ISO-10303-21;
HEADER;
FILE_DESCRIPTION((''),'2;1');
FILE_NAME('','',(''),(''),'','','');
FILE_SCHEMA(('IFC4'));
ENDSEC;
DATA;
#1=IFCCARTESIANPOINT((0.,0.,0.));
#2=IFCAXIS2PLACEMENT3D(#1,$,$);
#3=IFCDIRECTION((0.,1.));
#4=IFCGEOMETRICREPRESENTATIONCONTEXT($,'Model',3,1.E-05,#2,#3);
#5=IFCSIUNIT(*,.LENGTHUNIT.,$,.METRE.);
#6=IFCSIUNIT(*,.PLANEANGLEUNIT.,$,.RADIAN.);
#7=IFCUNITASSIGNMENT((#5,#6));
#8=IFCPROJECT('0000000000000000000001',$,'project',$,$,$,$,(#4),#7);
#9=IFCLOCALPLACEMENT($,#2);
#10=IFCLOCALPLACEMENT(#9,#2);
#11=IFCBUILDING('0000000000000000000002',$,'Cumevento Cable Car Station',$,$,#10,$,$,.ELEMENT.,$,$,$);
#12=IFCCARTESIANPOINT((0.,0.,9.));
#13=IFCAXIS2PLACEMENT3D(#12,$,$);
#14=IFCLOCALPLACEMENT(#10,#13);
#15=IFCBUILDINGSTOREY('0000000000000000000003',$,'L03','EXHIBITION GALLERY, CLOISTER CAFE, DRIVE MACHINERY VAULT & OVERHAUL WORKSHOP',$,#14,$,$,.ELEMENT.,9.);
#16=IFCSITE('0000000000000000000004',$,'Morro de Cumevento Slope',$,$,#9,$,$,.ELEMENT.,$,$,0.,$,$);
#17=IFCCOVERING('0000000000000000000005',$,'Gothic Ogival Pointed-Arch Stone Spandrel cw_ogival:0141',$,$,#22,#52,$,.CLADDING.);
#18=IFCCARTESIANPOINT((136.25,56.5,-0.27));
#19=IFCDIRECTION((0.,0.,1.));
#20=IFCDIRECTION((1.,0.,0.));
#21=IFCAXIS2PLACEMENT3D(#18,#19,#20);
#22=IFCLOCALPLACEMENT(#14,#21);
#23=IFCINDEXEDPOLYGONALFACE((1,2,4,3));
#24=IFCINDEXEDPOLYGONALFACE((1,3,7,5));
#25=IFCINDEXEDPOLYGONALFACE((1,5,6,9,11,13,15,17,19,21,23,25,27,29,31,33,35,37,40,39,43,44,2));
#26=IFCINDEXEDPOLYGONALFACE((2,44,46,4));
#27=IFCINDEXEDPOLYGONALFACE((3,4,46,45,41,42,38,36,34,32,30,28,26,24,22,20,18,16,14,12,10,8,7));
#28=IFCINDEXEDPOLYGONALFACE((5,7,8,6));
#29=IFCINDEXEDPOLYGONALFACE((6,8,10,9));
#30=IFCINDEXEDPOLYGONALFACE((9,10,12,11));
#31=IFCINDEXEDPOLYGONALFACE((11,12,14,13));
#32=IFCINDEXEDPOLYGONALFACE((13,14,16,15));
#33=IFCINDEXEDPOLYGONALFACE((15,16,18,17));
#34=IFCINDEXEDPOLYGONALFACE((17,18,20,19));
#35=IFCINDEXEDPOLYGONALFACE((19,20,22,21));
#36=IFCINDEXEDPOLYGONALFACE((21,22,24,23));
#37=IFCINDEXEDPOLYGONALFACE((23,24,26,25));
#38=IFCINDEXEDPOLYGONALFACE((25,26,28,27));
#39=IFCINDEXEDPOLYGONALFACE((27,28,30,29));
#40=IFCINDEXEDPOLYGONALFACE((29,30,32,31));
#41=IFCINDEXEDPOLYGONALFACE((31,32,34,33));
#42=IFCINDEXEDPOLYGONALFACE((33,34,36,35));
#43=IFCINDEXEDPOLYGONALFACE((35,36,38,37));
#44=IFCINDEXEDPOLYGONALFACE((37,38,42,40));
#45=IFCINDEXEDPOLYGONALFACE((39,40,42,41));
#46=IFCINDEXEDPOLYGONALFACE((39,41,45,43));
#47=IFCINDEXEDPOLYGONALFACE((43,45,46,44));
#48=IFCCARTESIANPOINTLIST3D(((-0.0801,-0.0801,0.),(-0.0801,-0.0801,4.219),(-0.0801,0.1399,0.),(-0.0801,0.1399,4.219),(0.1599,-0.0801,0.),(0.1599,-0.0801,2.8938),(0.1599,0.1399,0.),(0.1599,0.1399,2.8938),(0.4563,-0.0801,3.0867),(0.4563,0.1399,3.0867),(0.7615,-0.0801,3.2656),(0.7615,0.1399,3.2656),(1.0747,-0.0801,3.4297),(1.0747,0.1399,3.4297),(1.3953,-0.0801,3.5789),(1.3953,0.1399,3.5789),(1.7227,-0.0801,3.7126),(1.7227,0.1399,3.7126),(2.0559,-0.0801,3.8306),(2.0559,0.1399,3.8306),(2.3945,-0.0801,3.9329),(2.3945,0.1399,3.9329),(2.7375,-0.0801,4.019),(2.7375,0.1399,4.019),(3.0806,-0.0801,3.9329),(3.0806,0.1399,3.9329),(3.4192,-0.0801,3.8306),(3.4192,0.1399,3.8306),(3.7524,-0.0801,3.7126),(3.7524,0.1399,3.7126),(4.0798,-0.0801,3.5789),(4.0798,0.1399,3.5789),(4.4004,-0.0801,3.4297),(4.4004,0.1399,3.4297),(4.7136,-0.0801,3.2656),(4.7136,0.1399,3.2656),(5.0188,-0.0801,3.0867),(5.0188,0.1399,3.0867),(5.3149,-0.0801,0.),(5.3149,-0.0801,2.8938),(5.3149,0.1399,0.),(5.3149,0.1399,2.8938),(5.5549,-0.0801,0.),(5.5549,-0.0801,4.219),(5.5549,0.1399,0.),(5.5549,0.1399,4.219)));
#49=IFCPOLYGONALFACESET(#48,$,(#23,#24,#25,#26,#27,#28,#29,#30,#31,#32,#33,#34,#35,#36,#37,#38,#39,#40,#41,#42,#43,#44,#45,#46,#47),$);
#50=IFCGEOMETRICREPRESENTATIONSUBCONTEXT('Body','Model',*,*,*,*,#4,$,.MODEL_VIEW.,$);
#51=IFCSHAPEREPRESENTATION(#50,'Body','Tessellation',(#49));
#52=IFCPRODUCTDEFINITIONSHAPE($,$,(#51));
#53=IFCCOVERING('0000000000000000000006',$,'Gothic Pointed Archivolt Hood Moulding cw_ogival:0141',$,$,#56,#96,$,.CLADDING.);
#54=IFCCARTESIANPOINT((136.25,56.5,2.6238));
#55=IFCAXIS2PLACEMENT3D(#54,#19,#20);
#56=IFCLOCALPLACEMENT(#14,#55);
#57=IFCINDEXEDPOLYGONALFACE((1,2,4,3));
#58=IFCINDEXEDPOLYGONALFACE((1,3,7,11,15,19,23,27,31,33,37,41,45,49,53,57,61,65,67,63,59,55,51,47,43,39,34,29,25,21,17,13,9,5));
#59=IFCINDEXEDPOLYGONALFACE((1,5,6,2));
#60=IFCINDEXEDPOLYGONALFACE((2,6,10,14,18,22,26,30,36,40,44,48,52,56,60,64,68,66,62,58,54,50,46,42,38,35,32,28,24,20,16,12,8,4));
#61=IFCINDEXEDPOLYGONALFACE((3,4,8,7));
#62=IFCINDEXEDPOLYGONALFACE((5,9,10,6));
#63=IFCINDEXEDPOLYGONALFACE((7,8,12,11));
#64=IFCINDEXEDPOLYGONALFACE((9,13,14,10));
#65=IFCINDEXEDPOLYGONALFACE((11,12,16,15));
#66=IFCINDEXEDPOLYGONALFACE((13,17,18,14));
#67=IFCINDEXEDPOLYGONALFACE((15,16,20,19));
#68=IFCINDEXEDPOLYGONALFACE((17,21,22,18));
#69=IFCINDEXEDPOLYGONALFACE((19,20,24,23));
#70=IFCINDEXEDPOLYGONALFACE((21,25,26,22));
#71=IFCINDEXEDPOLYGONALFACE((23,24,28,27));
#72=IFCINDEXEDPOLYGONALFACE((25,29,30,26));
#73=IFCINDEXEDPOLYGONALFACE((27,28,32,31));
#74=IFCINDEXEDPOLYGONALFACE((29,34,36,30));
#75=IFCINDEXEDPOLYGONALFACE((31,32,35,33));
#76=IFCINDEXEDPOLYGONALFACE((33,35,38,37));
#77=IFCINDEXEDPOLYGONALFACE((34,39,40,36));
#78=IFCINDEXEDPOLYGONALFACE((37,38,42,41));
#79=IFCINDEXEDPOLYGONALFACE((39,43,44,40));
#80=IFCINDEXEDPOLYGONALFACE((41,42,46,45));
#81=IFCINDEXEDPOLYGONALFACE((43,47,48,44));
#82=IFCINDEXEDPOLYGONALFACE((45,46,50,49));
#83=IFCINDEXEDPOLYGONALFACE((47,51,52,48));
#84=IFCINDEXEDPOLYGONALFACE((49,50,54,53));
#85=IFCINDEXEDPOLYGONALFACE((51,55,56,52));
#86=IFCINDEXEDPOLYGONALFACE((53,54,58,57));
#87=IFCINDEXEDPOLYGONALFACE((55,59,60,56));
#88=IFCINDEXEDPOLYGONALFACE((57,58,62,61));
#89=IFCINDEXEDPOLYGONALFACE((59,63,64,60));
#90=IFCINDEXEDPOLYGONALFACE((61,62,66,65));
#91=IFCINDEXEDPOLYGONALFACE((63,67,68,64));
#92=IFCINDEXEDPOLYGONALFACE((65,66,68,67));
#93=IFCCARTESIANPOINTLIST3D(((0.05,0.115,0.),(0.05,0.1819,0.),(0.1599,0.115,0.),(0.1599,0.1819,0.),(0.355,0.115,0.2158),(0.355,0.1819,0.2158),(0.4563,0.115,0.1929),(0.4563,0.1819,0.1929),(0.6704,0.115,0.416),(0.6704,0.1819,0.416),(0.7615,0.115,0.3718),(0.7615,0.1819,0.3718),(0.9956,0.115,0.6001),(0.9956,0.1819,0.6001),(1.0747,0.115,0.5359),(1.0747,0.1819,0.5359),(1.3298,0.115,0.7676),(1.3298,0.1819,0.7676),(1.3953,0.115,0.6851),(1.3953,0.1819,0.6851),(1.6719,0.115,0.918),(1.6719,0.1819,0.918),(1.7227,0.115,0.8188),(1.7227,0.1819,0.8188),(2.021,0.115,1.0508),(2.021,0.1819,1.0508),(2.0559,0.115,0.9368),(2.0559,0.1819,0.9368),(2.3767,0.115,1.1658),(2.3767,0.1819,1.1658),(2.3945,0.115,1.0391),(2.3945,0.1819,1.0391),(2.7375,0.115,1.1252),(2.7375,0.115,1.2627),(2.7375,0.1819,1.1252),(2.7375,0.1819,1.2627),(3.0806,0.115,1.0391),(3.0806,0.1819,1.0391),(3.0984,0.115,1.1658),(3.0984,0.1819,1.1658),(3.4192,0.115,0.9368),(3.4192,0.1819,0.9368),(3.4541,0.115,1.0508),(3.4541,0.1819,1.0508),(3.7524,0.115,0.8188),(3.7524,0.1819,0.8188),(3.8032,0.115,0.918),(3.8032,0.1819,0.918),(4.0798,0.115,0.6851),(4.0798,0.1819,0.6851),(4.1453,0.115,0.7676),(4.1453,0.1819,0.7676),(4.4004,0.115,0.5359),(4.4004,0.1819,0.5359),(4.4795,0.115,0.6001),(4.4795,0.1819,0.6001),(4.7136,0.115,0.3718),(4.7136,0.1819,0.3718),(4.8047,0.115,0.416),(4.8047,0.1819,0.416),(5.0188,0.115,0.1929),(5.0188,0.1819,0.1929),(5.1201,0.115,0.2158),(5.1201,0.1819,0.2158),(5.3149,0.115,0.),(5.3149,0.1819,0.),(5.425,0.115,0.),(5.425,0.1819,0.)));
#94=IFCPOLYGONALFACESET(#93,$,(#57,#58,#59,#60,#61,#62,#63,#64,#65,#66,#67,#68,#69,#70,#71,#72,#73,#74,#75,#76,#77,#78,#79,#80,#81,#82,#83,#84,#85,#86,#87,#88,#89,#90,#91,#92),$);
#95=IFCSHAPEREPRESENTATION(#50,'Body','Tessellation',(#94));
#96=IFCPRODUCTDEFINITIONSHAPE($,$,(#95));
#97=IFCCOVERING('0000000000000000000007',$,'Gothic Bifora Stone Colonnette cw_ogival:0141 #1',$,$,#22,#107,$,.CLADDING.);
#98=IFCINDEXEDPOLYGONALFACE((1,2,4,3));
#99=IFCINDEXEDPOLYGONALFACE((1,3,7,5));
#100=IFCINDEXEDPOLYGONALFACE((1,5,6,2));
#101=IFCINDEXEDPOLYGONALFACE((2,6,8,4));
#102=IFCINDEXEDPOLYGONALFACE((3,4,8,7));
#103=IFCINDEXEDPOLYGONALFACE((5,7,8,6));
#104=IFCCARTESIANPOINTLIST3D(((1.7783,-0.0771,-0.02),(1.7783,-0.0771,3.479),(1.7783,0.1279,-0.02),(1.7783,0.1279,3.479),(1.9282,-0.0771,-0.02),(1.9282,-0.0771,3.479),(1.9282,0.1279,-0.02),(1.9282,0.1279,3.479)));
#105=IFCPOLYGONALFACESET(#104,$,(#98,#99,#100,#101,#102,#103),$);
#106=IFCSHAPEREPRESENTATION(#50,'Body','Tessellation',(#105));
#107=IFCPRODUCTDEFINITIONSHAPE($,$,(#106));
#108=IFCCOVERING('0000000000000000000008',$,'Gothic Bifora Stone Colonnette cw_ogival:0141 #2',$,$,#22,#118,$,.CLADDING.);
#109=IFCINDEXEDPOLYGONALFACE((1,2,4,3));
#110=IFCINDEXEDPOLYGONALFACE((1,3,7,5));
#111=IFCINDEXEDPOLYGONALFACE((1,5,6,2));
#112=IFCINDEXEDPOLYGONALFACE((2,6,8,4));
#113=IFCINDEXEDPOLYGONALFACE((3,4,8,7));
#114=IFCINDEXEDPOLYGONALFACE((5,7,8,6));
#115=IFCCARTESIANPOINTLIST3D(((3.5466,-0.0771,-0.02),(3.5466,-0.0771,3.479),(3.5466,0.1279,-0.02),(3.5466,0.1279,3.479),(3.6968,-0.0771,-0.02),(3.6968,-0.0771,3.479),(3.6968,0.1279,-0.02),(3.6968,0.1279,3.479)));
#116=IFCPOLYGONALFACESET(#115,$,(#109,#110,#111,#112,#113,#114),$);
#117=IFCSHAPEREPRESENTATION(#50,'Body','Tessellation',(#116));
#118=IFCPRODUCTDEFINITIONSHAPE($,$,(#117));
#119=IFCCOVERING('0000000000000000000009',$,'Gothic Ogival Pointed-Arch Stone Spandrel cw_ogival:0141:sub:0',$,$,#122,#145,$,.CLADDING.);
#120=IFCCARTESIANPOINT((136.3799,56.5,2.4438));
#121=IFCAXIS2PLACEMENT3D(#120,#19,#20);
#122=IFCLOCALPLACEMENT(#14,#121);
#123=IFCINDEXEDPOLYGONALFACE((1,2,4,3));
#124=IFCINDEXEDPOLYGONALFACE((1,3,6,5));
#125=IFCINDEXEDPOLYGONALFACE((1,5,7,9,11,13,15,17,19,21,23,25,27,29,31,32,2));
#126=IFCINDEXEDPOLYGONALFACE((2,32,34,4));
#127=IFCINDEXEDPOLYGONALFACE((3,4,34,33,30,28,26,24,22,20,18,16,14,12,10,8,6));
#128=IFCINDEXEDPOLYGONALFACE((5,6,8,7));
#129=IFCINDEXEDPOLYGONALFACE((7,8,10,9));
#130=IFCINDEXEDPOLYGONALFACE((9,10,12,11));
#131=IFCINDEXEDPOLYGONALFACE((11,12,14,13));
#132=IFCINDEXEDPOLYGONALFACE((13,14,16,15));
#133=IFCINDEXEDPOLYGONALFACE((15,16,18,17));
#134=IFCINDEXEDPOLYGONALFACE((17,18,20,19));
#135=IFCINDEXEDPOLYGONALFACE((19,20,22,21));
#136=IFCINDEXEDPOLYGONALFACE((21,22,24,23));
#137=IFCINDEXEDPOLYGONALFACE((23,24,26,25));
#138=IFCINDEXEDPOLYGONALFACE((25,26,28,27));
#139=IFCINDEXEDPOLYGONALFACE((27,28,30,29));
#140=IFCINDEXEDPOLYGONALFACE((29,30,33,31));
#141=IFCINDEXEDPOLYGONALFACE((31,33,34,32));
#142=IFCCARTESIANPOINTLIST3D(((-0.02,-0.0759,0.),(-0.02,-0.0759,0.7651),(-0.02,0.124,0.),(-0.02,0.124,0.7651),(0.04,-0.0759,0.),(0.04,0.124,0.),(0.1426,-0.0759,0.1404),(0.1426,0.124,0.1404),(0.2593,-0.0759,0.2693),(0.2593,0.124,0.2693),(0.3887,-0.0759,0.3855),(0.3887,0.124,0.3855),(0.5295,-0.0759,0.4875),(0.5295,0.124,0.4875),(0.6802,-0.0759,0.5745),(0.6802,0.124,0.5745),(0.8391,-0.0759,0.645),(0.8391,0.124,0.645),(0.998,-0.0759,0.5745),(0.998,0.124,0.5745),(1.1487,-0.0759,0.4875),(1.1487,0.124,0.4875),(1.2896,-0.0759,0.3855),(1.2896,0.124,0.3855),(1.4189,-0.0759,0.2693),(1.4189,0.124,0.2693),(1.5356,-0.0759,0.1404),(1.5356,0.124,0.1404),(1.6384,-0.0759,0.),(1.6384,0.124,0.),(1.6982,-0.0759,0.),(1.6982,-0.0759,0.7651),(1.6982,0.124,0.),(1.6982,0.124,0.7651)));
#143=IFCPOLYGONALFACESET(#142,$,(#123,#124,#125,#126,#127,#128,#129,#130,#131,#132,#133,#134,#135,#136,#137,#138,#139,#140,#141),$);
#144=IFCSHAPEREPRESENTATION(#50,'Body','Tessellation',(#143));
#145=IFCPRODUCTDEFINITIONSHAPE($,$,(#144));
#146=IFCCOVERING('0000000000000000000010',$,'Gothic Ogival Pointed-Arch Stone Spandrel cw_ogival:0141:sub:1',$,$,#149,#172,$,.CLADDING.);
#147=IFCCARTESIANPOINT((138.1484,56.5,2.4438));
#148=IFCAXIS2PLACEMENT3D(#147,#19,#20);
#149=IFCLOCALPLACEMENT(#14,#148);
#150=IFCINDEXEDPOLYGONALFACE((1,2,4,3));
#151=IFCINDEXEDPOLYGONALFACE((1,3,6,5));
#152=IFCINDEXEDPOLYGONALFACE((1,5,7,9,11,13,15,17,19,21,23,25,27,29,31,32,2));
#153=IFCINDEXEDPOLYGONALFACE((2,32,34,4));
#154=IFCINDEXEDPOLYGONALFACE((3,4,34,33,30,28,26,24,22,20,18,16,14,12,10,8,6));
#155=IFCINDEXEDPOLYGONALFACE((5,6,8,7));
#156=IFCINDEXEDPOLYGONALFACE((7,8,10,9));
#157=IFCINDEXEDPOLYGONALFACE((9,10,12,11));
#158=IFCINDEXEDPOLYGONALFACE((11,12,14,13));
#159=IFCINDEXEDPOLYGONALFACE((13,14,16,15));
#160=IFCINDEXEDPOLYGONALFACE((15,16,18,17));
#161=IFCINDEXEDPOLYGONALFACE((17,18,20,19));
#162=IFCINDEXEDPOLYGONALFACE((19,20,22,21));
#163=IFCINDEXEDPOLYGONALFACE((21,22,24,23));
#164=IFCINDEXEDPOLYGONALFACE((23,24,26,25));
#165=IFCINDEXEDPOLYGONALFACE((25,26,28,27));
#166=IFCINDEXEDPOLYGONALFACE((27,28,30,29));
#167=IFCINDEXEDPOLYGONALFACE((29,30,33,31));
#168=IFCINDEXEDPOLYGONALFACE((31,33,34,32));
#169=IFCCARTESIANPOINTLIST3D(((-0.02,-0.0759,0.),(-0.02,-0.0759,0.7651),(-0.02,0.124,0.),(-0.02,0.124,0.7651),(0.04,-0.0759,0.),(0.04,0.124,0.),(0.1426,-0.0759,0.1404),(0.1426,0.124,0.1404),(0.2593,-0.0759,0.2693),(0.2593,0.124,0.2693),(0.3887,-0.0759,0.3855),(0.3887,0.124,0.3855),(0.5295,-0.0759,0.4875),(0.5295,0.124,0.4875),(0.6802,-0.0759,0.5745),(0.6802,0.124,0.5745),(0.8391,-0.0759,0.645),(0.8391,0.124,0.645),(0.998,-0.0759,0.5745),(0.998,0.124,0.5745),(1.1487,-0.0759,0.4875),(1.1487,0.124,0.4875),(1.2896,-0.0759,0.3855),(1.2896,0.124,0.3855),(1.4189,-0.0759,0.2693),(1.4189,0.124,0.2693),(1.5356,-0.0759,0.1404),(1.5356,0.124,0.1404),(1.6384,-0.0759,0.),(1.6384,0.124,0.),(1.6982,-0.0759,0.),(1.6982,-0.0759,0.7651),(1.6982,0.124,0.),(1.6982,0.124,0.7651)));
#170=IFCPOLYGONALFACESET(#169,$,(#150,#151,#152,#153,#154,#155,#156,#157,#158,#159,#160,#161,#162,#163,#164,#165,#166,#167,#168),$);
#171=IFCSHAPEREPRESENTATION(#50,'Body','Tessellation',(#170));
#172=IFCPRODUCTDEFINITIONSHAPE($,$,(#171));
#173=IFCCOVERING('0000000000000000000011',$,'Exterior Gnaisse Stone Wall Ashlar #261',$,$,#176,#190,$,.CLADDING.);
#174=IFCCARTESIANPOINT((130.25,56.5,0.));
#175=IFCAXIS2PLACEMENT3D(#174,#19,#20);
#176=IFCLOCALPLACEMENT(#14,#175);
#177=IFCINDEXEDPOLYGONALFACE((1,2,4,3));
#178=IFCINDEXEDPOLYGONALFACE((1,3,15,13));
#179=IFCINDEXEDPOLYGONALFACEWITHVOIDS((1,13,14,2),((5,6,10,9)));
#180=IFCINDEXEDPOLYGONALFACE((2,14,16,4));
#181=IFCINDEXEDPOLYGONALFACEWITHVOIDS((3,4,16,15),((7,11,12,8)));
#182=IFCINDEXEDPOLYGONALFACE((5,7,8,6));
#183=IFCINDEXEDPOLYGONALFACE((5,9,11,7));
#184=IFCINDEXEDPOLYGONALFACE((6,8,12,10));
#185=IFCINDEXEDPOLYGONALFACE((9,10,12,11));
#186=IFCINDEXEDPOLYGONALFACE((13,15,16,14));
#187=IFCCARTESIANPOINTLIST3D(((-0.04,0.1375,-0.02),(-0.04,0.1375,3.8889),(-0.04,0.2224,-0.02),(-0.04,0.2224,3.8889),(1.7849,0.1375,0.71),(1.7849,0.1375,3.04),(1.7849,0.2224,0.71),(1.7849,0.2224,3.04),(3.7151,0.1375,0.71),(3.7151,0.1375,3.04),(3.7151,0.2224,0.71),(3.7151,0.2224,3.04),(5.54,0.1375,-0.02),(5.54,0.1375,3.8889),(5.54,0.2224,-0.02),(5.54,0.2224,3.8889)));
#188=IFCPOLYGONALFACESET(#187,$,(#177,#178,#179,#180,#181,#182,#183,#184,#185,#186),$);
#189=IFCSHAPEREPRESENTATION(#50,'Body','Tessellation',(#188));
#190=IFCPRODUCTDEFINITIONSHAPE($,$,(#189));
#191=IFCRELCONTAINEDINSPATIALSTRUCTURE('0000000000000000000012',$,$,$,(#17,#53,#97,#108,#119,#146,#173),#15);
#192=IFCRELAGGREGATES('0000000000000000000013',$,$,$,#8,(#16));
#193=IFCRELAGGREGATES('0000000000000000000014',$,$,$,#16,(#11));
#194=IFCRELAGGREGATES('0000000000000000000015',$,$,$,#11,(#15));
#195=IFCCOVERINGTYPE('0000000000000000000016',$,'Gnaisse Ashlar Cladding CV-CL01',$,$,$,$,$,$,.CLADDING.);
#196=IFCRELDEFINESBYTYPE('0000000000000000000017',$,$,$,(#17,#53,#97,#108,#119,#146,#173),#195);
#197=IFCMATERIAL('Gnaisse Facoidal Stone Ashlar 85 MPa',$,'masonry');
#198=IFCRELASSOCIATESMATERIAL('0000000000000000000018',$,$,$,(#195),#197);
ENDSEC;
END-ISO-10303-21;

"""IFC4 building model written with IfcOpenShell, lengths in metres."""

from ifc_helpers import new_model, si_unit, direction, frame, origin, place, context, subcontext, project, spatial, polyline, outline, extrude, material, type_object, element, save


model = new_model("IFC4")

# Units and contexts
model_context = context("Model", 3, precision=1e-05, world=origin(), true_north=direction((0.0, 1.0)))
body_context = subcontext(model_context, "Body", "Model", "MODEL_VIEW")
ifc_project = project(units=[si_unit("LENGTHUNIT", "METRE"), si_unit("PLANEANGLEUNIT", "RADIAN")], contexts=[model_context])

# Site, building, storey
site_placement = place(None, origin())
site = spatial("IfcSite", under=ifc_project, at=site_placement, Name="Morro de Cumevento Slope", CompositionType="ELEMENT", RefElevation=0.0)
building_placement = place(site_placement, origin())
building = spatial("IfcBuilding", under=site, at=building_placement, Name="Cumevento Cable Car Station", CompositionType="ELEMENT")
storey_placement = place(building_placement, frame((0.0, 0.0, 9.0)))
storey = spatial("IfcBuildingStorey", under=building, at=storey_placement, Name="L03", Description="EXHIBITION GALLERY, CLOISTER CAFE, DRIVE MACHINERY VAULT & OVERHAUL WORKSHOP", CompositionType="ELEMENT", Elevation=9.0)

# Coverings
ifc_material_1 = material(Name="Gnaisse Facoidal Stone Ashlar 85 MPa", Category="masonry")
covering_type = type_object("IfcCoveringType", Name="Gnaisse Ashlar Cladding CV-CL01", PredefinedType="CLADDING", material=ifc_material_1)
placement = place(storey_placement, frame((136.25, 56.5, -0.27), z_axis=(0.0, 0.0, 1.0), x_axis=(1.0, 0.0, 0.0)))
element("IfcCovering", 1, at=placement, inside=storey, type_object=covering_type, Name="Gothic Ogival Pointed-Arch Stone Spandrel cw_ogival:0141", PredefinedType="CLADDING", context=body_context, shape_type="SweptSolid", body=[
    extrude(outline(polyline([(-0.0801, 0.0), (-0.0801, 4.219), (5.5549, 4.219), (5.5549, 0.0), (5.3149, 0.0), (5.3149, 2.8938), (5.0188, 3.0867), (4.7136, 3.2656), (4.4004, 3.4297), (4.0798, 3.5789), (3.7524, 3.7126), (3.4192, 3.8306), (3.0806, 3.9329), (2.7375, 4.019), (2.3945, 3.9329), (2.0559, 3.8306), (1.7227, 3.7126), (1.3953, 3.5789), (1.0747, 3.4297), (0.7615, 3.2656), (0.4563, 3.0867), (0.1599, 2.8938), (0.1599, 0.0), (-0.0801, 0.0)])), frame((0.0, 0.1399, 0.0), z_axis=(0.0, -1.0, 0.0), x_axis=(1.0, 0.0, 0.0)), (0.0, 0.0, 1.0), 0.22),
])
covering_1_placement = place(storey_placement, frame((136.25, 56.5, 2.6238), z_axis=(0.0, 0.0, 1.0), x_axis=(1.0, 0.0, 0.0)))
element("IfcCovering", 2, at=covering_1_placement, inside=storey, type_object=covering_type, Name="Gothic Pointed Archivolt Hood Moulding cw_ogival:0141", PredefinedType="CLADDING", context=body_context, shape_type="SweptSolid", body=[
    extrude(outline(polyline([(0.1599, 0.0), (0.4563, 0.1929), (0.7615, 0.3718), (1.0747, 0.5359), (1.3953, 0.6851), (1.7227, 0.8188), (2.0559, 0.9368), (2.3945, 1.0391), (2.7375, 1.1252), (3.0806, 1.0391), (3.4192, 0.9368), (3.7524, 0.8188), (4.0798, 0.6851), (4.4004, 0.5359), (4.7136, 0.3718), (5.0188, 0.1929), (5.3149, 0.0), (5.425, 0.0), (5.1201, 0.2158), (4.8047, 0.416), (4.4795, 0.6001), (4.1453, 0.7676), (3.8032, 0.918), (3.4541, 1.0508), (3.0984, 1.1658), (2.7375, 1.2627), (2.3767, 1.1658), (2.021, 1.0508), (1.6719, 0.918), (1.3298, 0.7676), (0.9956, 0.6001), (0.6704, 0.416), (0.355, 0.2158), (0.05, 0.0), (0.1599, 0.0)])), frame((0.0, 0.1819, 0.0), z_axis=(0.0, -1.0, 0.0), x_axis=(1.0, 0.0, 0.0)), (0.0, 0.0, 1.0), 0.0669),
])
element("IfcCovering", 3, at=placement, inside=storey, type_object=covering_type, Name="Gothic Bifora Stone Colonnette cw_ogival:0141 #1", PredefinedType="CLADDING", context=body_context, shape_type="SweptSolid", body=[
    extrude(outline(polyline([(1.7783, -0.02), (1.9282, -0.02), (1.9282, 3.479), (1.7783, 3.479), (1.7783, -0.02)])), frame((0.0, 0.1279, 0.0), z_axis=(0.0, -1.0, 0.0), x_axis=(1.0, 0.0, 0.0)), (0.0, 0.0, 1.0), 0.2051),
])
element("IfcCovering", 4, at=placement, inside=storey, type_object=covering_type, Name="Gothic Bifora Stone Colonnette cw_ogival:0141 #2", PredefinedType="CLADDING", context=body_context, shape_type="SweptSolid", body=[
    extrude(outline(polyline([(3.5466, -0.02), (3.6968, -0.02), (3.6968, 3.479), (3.5466, 3.479), (3.5466, -0.02)])), frame((0.0, 0.1279, 0.0), z_axis=(0.0, -1.0, 0.0), x_axis=(1.0, 0.0, 0.0)), (0.0, 0.0, 1.0), 0.2051),
])
for number, where, z_axis, x_axis, name in (
    (5, (136.3799, 56.5, 2.4438), (0.0, 0.0, 1.0), (1.0, 0.0, 0.0), "Gothic Ogival Pointed-Arch Stone Spandrel cw_ogival:0141:sub:0"),
    (6, (138.1484, 56.5, 2.4438), (0.0, 0.0, 1.0), (1.0, 0.0, 0.0), "Gothic Ogival Pointed-Arch Stone Spandrel cw_ogival:0141:sub:1"),
):
    element("IfcCovering", number, at=place(storey_placement, frame(where, z_axis=z_axis, x_axis=x_axis)), inside=storey, type_object=covering_type, Name=name, PredefinedType="CLADDING", context=body_context, shape_type="SweptSolid", body=[
        extrude(outline(polyline([(-0.02, 0.0), (-0.02, 0.7651), (1.6982, 0.7651), (1.6982, 0.0), (1.6384, 0.0), (1.5356, 0.1404), (1.4189, 0.2693), (1.2896, 0.3855), (1.1487, 0.4875), (0.998, 0.5745), (0.8391, 0.645), (0.6802, 0.5745), (0.5295, 0.4875), (0.3887, 0.3855), (0.2593, 0.2693), (0.1426, 0.1404), (0.04, 0.0), (-0.02, 0.0)])), frame((0.0, 0.124, 0.0), z_axis=(0.0, -1.0, 0.0), x_axis=(1.0, 0.0, 0.0)), (0.0, 0.0, 1.0), 0.2),
    ])
covering_2_placement = place(storey_placement, frame((130.25, 56.5, 0.0), z_axis=(0.0, 0.0, 1.0), x_axis=(1.0, 0.0, 0.0)))
element("IfcCovering", 7, at=covering_2_placement, inside=storey, type_object=covering_type, Name="Exterior Gnaisse Stone Wall Ashlar #261", PredefinedType="CLADDING", context=body_context, shape_type="SweptSolid", body=[
    extrude(outline(polyline([(-0.04, -0.02), (5.54, -0.02), (5.54, 3.8889), (-0.04, 3.8889), (-0.04, -0.02)]), holes=[polyline([(1.7849, 0.71), (3.7151, 0.71), (3.7151, 3.04), (1.7849, 3.04), (1.7849, 0.71)])]), frame((0.0, 0.2224, 0.0), z_axis=(0.0, -1.0, 0.0), x_axis=(1.0, 0.0, 0.0)), (0.0, 0.0, 1.0), 0.085),
])

save(model, "model.ifc")
